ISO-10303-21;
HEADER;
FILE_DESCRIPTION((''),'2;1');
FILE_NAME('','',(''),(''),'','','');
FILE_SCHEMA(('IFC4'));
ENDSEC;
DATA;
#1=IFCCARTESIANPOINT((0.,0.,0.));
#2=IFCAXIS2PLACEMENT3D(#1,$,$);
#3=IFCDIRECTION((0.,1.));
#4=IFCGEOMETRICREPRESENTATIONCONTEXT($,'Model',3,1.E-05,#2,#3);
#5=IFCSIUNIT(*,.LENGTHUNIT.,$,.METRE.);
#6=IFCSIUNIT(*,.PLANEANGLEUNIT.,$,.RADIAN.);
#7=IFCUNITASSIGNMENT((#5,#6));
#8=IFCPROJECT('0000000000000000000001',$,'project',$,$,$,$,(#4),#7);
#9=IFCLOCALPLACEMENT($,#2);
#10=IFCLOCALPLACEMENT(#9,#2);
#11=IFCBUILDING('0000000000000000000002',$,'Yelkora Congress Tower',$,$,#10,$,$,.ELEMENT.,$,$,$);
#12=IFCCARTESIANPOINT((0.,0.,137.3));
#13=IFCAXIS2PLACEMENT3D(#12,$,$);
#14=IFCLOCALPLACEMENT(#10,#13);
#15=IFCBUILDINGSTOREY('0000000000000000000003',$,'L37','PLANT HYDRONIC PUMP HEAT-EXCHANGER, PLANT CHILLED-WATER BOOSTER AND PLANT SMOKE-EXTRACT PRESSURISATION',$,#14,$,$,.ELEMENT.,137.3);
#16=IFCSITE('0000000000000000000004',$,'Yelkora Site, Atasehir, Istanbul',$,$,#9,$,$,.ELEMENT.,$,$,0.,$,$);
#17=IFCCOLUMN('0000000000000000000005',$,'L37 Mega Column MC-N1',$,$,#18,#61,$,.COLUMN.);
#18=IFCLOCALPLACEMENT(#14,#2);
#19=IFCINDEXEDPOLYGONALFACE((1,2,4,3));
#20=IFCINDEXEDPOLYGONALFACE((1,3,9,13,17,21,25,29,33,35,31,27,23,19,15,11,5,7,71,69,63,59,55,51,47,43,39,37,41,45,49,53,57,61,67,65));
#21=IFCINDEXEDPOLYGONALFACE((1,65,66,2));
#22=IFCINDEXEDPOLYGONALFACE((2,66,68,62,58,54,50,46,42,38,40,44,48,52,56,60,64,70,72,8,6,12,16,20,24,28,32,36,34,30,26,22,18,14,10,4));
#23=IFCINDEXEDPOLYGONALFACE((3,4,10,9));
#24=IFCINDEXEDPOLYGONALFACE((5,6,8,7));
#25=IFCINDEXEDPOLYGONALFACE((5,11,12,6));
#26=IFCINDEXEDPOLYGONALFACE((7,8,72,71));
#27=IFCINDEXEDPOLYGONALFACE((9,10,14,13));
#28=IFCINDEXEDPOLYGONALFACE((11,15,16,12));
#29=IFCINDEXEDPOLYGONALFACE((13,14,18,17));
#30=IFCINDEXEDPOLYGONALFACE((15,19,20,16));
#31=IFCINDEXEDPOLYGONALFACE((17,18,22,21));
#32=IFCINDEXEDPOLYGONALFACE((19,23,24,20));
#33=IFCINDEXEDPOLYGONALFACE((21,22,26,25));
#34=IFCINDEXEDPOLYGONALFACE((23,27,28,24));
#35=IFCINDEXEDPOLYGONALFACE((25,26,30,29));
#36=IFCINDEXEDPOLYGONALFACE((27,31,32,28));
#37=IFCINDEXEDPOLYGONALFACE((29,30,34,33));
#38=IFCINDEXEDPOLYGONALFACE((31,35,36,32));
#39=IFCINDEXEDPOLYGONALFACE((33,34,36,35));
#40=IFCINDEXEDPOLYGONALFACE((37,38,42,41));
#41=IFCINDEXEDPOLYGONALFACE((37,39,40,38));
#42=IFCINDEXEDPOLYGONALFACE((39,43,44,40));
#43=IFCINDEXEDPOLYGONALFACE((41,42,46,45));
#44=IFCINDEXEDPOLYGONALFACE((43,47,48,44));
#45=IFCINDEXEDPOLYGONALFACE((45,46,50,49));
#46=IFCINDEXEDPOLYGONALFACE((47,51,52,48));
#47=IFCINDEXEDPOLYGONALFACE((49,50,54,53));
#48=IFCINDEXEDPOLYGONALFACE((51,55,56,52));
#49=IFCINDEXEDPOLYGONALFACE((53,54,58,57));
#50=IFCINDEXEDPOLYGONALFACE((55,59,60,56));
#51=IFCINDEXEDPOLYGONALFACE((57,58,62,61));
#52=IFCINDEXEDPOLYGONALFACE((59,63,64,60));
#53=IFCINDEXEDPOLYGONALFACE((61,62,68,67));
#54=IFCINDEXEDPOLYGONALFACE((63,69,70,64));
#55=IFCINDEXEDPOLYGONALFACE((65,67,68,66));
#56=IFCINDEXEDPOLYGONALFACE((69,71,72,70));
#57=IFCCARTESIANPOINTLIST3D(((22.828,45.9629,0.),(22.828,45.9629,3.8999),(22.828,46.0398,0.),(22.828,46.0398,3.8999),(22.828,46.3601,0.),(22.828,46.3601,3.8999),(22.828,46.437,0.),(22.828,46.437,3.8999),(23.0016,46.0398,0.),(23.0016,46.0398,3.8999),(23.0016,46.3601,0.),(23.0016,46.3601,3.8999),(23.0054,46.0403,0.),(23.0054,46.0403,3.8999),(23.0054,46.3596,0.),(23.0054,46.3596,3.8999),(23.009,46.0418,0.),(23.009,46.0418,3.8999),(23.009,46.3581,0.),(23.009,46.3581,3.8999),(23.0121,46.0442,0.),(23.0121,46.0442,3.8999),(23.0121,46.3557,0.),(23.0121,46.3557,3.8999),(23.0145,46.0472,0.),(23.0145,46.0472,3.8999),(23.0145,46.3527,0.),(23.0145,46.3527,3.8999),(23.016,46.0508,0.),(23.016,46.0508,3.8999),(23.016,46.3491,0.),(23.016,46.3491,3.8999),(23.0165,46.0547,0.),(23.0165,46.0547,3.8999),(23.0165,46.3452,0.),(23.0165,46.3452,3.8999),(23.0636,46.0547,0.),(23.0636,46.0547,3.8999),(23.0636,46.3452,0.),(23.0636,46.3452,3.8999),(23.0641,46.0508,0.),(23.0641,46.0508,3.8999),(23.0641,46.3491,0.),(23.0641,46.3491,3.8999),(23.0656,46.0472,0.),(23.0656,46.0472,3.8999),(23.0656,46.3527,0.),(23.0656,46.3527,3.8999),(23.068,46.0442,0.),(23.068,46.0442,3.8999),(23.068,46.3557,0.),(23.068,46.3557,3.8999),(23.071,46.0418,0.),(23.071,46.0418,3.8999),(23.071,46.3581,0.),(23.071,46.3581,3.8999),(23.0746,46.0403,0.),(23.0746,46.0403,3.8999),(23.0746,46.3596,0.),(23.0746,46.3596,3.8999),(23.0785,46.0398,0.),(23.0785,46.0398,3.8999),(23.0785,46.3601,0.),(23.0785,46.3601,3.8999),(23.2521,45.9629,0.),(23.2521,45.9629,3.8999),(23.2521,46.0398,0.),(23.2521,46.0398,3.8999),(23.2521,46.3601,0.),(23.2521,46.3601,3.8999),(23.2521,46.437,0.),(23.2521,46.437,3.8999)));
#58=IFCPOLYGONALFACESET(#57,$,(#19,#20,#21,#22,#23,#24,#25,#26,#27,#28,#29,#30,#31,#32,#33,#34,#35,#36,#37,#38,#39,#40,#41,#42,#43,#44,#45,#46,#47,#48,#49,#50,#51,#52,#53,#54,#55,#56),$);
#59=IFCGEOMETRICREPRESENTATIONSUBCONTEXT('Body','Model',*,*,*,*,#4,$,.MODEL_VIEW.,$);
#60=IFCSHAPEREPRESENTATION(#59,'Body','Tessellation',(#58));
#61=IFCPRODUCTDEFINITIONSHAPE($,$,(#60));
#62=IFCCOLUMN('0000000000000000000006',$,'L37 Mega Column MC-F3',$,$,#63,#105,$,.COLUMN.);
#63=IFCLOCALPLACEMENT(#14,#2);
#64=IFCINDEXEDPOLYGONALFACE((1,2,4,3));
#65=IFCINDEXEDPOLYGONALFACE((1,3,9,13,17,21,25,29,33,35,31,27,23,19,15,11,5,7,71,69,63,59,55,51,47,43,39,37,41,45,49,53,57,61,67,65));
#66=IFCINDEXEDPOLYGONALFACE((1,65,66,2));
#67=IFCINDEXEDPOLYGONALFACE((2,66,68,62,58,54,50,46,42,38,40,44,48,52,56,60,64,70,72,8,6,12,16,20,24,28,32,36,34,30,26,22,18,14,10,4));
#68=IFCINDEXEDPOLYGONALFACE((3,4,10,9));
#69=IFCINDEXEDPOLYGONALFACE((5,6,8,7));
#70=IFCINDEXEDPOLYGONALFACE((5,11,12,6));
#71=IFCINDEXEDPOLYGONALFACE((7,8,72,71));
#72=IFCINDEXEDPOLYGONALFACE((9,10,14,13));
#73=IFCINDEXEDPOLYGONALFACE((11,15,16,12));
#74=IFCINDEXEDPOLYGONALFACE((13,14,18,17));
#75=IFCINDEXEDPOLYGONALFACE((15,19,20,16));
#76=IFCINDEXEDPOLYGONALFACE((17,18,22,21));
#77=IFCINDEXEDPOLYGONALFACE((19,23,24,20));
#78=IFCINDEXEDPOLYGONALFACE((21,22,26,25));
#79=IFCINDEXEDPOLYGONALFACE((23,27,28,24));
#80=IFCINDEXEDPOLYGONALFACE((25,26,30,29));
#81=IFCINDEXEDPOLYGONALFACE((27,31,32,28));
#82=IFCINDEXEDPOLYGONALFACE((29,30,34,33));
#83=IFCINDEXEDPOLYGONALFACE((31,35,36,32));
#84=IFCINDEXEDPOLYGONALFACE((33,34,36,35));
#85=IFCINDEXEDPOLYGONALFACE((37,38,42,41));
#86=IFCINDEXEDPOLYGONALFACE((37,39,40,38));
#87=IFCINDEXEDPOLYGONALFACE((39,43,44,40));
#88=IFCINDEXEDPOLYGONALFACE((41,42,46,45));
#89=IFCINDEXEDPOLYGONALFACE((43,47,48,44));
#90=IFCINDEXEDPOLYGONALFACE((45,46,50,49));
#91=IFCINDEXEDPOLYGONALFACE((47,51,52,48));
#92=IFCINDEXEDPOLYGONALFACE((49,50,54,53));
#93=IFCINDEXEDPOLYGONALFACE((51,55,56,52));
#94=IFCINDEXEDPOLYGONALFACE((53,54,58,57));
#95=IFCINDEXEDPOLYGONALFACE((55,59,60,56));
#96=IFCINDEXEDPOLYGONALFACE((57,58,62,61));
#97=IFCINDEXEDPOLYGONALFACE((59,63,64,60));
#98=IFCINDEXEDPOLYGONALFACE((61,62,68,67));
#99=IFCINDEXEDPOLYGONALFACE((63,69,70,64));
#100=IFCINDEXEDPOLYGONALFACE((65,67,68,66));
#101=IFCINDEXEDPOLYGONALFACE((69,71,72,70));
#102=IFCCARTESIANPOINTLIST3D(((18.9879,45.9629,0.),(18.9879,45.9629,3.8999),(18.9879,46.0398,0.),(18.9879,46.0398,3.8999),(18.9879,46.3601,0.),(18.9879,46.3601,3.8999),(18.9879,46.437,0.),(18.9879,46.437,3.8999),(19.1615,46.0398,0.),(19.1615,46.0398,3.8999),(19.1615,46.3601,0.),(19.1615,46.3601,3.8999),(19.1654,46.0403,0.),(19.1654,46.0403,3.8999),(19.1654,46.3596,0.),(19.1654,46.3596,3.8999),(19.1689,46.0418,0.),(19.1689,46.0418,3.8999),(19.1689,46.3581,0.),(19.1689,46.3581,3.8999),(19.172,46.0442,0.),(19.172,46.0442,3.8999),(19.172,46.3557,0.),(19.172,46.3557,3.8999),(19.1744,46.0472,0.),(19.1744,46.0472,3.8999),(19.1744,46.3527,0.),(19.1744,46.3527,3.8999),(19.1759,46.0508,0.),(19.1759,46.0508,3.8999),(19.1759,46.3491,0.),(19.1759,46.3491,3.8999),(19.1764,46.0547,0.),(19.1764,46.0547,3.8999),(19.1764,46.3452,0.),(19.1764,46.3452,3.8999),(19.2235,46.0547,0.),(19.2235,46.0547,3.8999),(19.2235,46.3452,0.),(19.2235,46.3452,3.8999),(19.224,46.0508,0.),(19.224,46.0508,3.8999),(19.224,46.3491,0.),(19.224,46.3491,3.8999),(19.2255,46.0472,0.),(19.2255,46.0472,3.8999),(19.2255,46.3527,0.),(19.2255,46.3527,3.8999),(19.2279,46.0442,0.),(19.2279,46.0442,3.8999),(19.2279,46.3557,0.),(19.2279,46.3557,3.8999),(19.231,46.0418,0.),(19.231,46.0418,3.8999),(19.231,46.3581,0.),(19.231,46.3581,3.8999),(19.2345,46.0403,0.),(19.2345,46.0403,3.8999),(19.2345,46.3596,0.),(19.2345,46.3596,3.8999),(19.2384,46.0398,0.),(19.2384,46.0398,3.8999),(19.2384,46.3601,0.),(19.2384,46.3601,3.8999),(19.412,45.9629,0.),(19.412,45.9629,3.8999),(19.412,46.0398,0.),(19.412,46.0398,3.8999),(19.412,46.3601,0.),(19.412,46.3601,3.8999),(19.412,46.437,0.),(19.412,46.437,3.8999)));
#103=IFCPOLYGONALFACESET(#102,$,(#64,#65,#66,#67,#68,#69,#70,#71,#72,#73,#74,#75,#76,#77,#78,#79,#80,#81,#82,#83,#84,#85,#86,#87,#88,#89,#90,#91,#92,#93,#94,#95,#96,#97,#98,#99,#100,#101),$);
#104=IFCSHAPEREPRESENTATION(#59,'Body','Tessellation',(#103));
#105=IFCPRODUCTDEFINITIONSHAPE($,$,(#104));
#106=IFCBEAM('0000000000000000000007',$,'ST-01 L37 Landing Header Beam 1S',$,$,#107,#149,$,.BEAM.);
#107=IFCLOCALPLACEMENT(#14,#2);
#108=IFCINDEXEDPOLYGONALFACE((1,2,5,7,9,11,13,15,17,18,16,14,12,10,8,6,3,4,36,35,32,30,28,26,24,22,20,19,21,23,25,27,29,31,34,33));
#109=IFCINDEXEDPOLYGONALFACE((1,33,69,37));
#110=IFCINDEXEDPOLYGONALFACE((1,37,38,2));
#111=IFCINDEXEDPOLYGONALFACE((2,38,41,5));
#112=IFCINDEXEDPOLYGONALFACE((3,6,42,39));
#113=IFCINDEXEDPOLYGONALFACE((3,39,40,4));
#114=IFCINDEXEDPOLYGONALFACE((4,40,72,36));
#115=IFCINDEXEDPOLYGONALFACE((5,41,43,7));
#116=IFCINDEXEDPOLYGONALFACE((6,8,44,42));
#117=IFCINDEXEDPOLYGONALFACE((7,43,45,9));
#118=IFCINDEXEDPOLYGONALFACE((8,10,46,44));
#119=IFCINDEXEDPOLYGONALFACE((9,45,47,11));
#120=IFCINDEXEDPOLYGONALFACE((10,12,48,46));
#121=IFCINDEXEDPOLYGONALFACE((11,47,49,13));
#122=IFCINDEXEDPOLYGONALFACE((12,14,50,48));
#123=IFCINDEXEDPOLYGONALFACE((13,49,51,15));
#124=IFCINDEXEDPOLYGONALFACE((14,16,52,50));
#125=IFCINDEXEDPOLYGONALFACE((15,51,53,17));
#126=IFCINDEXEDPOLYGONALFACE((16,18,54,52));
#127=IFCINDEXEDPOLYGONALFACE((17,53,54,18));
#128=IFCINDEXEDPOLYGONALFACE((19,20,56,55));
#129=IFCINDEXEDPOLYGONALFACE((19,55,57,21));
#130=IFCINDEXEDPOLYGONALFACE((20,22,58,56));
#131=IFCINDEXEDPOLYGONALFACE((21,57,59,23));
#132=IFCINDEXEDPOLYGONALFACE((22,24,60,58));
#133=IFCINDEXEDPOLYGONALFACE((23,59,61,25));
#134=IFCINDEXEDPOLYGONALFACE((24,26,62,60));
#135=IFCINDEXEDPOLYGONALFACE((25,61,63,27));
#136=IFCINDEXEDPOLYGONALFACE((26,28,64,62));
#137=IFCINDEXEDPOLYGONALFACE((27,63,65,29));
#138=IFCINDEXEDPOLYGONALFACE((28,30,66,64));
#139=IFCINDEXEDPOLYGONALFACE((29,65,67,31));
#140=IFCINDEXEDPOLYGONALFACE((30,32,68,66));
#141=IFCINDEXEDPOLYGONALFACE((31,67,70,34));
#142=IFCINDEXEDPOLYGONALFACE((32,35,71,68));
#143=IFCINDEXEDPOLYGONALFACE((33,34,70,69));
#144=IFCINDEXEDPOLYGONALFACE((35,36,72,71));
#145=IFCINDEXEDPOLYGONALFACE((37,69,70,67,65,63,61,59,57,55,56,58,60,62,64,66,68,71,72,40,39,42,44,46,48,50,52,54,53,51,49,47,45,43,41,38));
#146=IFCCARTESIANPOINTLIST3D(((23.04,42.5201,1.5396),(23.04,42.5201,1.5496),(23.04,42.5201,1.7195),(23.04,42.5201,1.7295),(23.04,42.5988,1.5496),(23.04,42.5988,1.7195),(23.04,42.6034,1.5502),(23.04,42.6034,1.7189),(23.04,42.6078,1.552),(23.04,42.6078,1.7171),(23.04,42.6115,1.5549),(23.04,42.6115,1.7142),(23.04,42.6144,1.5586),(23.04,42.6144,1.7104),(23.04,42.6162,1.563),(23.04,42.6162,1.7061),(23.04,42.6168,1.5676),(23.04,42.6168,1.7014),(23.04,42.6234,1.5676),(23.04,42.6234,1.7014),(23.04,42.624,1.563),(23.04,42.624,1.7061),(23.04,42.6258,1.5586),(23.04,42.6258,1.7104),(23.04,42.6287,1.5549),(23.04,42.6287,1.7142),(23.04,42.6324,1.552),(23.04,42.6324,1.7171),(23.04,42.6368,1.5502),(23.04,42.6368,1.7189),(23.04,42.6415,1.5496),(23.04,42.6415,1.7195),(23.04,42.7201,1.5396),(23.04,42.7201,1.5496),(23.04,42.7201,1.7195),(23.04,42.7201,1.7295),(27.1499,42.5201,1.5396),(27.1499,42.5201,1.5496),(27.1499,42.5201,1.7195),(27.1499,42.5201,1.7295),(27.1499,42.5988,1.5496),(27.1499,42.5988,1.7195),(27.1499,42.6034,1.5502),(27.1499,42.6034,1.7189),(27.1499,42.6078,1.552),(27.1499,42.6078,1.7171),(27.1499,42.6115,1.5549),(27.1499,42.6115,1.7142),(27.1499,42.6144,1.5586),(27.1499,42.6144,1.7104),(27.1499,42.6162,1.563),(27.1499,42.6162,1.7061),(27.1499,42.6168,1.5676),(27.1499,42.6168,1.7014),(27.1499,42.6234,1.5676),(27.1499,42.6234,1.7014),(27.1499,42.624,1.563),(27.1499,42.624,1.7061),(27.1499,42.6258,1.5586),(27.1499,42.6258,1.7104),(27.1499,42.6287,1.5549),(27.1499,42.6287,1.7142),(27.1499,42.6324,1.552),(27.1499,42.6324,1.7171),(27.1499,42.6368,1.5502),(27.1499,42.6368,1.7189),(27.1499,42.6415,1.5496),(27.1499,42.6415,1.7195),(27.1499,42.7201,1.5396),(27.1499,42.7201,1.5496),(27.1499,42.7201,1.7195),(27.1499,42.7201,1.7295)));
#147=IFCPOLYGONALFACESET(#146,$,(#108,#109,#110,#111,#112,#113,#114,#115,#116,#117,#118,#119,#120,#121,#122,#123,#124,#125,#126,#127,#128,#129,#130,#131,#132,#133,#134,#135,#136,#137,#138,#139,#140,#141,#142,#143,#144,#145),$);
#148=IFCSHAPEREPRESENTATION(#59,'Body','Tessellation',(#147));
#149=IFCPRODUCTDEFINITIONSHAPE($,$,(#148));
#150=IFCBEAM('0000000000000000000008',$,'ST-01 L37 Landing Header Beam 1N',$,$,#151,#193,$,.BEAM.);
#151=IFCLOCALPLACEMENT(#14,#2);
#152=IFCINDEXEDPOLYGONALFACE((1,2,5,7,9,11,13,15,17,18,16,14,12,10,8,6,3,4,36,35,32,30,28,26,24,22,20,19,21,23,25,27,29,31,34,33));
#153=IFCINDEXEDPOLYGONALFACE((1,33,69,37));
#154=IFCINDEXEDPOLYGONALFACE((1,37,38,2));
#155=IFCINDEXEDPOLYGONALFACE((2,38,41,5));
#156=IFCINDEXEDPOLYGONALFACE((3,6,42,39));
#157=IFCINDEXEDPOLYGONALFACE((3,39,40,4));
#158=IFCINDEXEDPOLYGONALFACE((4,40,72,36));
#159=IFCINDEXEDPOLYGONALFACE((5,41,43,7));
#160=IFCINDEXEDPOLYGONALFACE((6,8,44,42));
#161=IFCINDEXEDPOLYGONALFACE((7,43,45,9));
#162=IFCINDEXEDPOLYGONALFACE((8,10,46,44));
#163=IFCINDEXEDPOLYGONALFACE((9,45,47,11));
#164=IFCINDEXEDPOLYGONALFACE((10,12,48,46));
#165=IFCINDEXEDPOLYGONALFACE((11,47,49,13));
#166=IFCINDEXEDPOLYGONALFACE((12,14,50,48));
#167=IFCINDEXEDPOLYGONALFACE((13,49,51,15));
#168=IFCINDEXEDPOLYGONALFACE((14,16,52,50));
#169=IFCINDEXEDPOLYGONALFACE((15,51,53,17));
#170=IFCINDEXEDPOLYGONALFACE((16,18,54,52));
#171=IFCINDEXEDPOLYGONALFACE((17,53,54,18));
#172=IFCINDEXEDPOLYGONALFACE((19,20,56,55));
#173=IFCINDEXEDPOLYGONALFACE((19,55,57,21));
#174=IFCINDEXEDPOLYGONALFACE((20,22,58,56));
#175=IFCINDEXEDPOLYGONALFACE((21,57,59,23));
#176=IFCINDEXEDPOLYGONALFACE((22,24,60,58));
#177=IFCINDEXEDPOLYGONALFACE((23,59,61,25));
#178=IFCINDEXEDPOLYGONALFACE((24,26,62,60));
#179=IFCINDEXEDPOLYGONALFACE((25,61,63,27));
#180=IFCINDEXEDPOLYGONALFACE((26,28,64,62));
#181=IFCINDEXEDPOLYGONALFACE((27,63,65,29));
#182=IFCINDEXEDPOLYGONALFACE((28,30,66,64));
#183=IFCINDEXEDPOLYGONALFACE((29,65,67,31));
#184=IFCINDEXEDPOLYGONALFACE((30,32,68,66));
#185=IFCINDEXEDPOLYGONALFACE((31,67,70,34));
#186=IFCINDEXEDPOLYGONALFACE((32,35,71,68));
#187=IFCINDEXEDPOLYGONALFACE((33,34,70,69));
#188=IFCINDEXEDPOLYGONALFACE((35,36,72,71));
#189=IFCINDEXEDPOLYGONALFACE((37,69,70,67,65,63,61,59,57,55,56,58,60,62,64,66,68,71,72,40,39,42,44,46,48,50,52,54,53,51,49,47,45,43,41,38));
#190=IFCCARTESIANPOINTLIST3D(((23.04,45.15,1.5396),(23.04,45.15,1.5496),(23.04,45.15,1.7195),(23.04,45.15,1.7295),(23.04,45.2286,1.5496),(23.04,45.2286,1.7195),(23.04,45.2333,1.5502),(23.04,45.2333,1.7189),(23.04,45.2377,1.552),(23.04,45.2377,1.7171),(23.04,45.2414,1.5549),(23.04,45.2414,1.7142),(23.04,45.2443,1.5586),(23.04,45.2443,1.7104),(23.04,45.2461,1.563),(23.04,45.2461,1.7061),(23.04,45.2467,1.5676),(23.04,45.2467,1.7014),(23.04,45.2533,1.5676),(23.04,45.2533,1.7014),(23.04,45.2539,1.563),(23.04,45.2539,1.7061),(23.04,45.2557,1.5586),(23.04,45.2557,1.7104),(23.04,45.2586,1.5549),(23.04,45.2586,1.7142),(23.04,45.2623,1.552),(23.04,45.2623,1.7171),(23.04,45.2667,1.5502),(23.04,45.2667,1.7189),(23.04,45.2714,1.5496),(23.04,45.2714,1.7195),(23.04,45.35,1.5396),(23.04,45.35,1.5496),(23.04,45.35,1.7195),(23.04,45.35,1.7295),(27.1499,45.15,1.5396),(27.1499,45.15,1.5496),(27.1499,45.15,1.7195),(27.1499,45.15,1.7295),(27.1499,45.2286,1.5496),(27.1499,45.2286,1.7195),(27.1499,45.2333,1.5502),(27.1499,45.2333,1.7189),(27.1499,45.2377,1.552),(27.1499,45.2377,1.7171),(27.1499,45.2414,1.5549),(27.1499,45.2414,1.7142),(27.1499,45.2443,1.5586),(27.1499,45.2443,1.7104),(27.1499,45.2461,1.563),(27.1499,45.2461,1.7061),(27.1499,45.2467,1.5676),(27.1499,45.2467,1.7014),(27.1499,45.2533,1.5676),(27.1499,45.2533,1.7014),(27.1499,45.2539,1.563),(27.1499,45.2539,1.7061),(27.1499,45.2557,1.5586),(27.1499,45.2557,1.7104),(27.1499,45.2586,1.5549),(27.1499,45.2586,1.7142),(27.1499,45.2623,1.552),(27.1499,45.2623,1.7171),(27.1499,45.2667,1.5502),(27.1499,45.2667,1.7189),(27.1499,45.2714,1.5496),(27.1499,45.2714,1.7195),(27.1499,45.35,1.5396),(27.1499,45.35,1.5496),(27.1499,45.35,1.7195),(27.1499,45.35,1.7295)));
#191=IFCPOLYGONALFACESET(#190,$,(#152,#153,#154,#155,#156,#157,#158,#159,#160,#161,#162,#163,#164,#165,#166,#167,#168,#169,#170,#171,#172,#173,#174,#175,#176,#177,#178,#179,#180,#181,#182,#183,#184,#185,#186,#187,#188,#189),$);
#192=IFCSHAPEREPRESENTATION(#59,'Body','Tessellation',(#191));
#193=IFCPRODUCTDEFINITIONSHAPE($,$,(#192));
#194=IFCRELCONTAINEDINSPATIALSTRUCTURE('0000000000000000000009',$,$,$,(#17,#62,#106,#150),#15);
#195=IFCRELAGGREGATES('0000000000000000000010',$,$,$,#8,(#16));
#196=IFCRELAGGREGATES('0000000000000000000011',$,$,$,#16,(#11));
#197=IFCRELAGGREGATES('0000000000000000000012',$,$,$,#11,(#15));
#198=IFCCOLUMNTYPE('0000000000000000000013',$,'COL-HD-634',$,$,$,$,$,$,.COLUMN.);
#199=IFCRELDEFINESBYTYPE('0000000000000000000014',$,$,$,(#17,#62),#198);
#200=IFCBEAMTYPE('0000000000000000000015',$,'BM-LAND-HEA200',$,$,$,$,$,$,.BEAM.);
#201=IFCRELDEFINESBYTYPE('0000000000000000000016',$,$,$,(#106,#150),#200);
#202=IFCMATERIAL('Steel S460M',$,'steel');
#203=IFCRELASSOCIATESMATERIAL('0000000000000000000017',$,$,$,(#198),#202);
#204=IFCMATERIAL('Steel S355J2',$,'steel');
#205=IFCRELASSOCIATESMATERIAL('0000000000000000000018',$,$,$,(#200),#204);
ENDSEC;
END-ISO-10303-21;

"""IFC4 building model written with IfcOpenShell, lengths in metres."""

from ifc_helpers import new_model, si_unit, direction, frame, origin, origin_2d, place, context, subcontext, project, spatial, i_section, extrude, material, material_profile, profile_set, type_object, element, save


model = new_model("IFC4")

# Units and contexts
model_context = context("Model", 3, precision=1e-05, world=origin(), true_north=direction((0.0, 1.0)))
body_context = subcontext(model_context, "Body", "Model", "MODEL_VIEW")
ifc_project = project(units=[si_unit("LENGTHUNIT", "METRE"), si_unit("PLANEANGLEUNIT", "RADIAN")], contexts=[model_context])

# Site, building, storey
site_placement = place(None, origin())
site = spatial("IfcSite", under=ifc_project, at=site_placement, Name="Yelkora Site, Atasehir, Istanbul", CompositionType="ELEMENT", RefElevation=0.0)
building_placement = place(site_placement, origin())
building = spatial("IfcBuilding", under=site, at=building_placement, Name="Yelkora Congress Tower", CompositionType="ELEMENT")
storey_placement = place(building_placement, frame((0.0, 0.0, 137.3)))
storey = spatial("IfcBuildingStorey", under=building, at=storey_placement, Name="L37", Description="PLANT HYDRONIC PUMP HEAT-EXCHANGER, PLANT CHILLED-WATER BOOSTER AND PLANT SMOKE-EXTRACT PRESSURISATION", CompositionType="ELEMENT", Elevation=137.3)

# Columns
ifc_material_1 = material(Name="Steel S460M", Category="steel")
ifc_material_profile_1 = material_profile(ifc_material_1, i_section(OverallWidth=0.4241, OverallDepth=0.4741, WebThickness=0.0471, FlangeThickness=0.0769, FilletRadius=0.0149, at=origin_2d()), Name="HD 400x634")
ifc_profile_set_1 = profile_set([ifc_material_profile_1], Name="Steel S460M")
column_type = type_object("IfcColumnType", Name="COL-HD-634", PredefinedType="COLUMN", material=ifc_profile_set_1)
for number, where, z_axis, x_axis, name in (
    (1, (23.04, 46.2, 0.0), (0.0, 0.0, 1.0), (1.0, 0.0, 0.0), "L37 Mega Column MC-N1"),
    (2, (19.2, 46.2, 0.0), (0.0, 0.0, 1.0), (1.0, 0.0, 0.0), "L37 Mega Column MC-F3"),
):
    element("IfcColumn", number, at=place(storey_placement, frame(where, z_axis=z_axis, x_axis=x_axis)), inside=storey, type_object=column_type, Name=name, PredefinedType="COLUMN", context=body_context, shape_type="SweptSolid", body=[
        extrude(i_section(OverallWidth=0.4241, OverallDepth=0.4741, WebThickness=0.0471, FlangeThickness=0.0769, FilletRadius=0.0149, at=origin_2d()), origin(), (0.0, 0.0, 1.0), 3.8999),
    ])

# Beams
ifc_material_2 = material(Name="Steel S355J2", Category="steel")
ifc_material_profile_2 = material_profile(ifc_material_2, i_section(OverallWidth=0.2, OverallDepth=0.1899, WebThickness=0.0066, FlangeThickness=0.01, FilletRadius=0.0181, at=origin_2d()), Name="HEA 200")
ifc_profile_set_2 = profile_set([ifc_material_profile_2], Name="Steel S355J2")
beam_type = type_object("IfcBeamType", Name="BM-LAND-HEA200", PredefinedType="BEAM", material=ifc_profile_set_2)
for number, where, z_axis, x_axis, name in (
    (3, (23.04, 42.6201, 1.6345), (1.0, 0.0, 0.0), (0.0, 1.0, 0.0), "ST-01 L37 Landing Header Beam 1S"),
    (4, (23.04, 45.25, 1.6345), (1.0, 0.0, 0.0), (0.0, 1.0, 0.0), "ST-01 L37 Landing Header Beam 1N"),
):
    element("IfcBeam", number, at=place(storey_placement, frame(where, z_axis=z_axis, x_axis=x_axis)), inside=storey, type_object=beam_type, Name=name, PredefinedType="BEAM", context=body_context, shape_type="SweptSolid", body=[
        extrude(i_section(OverallWidth=0.2, OverallDepth=0.1899, WebThickness=0.0066, FlangeThickness=0.01, FilletRadius=0.0181, at=origin_2d()), origin(), (0.0, 0.0, 1.0), 4.1099),
    ])

save(model, "model.ifc")
